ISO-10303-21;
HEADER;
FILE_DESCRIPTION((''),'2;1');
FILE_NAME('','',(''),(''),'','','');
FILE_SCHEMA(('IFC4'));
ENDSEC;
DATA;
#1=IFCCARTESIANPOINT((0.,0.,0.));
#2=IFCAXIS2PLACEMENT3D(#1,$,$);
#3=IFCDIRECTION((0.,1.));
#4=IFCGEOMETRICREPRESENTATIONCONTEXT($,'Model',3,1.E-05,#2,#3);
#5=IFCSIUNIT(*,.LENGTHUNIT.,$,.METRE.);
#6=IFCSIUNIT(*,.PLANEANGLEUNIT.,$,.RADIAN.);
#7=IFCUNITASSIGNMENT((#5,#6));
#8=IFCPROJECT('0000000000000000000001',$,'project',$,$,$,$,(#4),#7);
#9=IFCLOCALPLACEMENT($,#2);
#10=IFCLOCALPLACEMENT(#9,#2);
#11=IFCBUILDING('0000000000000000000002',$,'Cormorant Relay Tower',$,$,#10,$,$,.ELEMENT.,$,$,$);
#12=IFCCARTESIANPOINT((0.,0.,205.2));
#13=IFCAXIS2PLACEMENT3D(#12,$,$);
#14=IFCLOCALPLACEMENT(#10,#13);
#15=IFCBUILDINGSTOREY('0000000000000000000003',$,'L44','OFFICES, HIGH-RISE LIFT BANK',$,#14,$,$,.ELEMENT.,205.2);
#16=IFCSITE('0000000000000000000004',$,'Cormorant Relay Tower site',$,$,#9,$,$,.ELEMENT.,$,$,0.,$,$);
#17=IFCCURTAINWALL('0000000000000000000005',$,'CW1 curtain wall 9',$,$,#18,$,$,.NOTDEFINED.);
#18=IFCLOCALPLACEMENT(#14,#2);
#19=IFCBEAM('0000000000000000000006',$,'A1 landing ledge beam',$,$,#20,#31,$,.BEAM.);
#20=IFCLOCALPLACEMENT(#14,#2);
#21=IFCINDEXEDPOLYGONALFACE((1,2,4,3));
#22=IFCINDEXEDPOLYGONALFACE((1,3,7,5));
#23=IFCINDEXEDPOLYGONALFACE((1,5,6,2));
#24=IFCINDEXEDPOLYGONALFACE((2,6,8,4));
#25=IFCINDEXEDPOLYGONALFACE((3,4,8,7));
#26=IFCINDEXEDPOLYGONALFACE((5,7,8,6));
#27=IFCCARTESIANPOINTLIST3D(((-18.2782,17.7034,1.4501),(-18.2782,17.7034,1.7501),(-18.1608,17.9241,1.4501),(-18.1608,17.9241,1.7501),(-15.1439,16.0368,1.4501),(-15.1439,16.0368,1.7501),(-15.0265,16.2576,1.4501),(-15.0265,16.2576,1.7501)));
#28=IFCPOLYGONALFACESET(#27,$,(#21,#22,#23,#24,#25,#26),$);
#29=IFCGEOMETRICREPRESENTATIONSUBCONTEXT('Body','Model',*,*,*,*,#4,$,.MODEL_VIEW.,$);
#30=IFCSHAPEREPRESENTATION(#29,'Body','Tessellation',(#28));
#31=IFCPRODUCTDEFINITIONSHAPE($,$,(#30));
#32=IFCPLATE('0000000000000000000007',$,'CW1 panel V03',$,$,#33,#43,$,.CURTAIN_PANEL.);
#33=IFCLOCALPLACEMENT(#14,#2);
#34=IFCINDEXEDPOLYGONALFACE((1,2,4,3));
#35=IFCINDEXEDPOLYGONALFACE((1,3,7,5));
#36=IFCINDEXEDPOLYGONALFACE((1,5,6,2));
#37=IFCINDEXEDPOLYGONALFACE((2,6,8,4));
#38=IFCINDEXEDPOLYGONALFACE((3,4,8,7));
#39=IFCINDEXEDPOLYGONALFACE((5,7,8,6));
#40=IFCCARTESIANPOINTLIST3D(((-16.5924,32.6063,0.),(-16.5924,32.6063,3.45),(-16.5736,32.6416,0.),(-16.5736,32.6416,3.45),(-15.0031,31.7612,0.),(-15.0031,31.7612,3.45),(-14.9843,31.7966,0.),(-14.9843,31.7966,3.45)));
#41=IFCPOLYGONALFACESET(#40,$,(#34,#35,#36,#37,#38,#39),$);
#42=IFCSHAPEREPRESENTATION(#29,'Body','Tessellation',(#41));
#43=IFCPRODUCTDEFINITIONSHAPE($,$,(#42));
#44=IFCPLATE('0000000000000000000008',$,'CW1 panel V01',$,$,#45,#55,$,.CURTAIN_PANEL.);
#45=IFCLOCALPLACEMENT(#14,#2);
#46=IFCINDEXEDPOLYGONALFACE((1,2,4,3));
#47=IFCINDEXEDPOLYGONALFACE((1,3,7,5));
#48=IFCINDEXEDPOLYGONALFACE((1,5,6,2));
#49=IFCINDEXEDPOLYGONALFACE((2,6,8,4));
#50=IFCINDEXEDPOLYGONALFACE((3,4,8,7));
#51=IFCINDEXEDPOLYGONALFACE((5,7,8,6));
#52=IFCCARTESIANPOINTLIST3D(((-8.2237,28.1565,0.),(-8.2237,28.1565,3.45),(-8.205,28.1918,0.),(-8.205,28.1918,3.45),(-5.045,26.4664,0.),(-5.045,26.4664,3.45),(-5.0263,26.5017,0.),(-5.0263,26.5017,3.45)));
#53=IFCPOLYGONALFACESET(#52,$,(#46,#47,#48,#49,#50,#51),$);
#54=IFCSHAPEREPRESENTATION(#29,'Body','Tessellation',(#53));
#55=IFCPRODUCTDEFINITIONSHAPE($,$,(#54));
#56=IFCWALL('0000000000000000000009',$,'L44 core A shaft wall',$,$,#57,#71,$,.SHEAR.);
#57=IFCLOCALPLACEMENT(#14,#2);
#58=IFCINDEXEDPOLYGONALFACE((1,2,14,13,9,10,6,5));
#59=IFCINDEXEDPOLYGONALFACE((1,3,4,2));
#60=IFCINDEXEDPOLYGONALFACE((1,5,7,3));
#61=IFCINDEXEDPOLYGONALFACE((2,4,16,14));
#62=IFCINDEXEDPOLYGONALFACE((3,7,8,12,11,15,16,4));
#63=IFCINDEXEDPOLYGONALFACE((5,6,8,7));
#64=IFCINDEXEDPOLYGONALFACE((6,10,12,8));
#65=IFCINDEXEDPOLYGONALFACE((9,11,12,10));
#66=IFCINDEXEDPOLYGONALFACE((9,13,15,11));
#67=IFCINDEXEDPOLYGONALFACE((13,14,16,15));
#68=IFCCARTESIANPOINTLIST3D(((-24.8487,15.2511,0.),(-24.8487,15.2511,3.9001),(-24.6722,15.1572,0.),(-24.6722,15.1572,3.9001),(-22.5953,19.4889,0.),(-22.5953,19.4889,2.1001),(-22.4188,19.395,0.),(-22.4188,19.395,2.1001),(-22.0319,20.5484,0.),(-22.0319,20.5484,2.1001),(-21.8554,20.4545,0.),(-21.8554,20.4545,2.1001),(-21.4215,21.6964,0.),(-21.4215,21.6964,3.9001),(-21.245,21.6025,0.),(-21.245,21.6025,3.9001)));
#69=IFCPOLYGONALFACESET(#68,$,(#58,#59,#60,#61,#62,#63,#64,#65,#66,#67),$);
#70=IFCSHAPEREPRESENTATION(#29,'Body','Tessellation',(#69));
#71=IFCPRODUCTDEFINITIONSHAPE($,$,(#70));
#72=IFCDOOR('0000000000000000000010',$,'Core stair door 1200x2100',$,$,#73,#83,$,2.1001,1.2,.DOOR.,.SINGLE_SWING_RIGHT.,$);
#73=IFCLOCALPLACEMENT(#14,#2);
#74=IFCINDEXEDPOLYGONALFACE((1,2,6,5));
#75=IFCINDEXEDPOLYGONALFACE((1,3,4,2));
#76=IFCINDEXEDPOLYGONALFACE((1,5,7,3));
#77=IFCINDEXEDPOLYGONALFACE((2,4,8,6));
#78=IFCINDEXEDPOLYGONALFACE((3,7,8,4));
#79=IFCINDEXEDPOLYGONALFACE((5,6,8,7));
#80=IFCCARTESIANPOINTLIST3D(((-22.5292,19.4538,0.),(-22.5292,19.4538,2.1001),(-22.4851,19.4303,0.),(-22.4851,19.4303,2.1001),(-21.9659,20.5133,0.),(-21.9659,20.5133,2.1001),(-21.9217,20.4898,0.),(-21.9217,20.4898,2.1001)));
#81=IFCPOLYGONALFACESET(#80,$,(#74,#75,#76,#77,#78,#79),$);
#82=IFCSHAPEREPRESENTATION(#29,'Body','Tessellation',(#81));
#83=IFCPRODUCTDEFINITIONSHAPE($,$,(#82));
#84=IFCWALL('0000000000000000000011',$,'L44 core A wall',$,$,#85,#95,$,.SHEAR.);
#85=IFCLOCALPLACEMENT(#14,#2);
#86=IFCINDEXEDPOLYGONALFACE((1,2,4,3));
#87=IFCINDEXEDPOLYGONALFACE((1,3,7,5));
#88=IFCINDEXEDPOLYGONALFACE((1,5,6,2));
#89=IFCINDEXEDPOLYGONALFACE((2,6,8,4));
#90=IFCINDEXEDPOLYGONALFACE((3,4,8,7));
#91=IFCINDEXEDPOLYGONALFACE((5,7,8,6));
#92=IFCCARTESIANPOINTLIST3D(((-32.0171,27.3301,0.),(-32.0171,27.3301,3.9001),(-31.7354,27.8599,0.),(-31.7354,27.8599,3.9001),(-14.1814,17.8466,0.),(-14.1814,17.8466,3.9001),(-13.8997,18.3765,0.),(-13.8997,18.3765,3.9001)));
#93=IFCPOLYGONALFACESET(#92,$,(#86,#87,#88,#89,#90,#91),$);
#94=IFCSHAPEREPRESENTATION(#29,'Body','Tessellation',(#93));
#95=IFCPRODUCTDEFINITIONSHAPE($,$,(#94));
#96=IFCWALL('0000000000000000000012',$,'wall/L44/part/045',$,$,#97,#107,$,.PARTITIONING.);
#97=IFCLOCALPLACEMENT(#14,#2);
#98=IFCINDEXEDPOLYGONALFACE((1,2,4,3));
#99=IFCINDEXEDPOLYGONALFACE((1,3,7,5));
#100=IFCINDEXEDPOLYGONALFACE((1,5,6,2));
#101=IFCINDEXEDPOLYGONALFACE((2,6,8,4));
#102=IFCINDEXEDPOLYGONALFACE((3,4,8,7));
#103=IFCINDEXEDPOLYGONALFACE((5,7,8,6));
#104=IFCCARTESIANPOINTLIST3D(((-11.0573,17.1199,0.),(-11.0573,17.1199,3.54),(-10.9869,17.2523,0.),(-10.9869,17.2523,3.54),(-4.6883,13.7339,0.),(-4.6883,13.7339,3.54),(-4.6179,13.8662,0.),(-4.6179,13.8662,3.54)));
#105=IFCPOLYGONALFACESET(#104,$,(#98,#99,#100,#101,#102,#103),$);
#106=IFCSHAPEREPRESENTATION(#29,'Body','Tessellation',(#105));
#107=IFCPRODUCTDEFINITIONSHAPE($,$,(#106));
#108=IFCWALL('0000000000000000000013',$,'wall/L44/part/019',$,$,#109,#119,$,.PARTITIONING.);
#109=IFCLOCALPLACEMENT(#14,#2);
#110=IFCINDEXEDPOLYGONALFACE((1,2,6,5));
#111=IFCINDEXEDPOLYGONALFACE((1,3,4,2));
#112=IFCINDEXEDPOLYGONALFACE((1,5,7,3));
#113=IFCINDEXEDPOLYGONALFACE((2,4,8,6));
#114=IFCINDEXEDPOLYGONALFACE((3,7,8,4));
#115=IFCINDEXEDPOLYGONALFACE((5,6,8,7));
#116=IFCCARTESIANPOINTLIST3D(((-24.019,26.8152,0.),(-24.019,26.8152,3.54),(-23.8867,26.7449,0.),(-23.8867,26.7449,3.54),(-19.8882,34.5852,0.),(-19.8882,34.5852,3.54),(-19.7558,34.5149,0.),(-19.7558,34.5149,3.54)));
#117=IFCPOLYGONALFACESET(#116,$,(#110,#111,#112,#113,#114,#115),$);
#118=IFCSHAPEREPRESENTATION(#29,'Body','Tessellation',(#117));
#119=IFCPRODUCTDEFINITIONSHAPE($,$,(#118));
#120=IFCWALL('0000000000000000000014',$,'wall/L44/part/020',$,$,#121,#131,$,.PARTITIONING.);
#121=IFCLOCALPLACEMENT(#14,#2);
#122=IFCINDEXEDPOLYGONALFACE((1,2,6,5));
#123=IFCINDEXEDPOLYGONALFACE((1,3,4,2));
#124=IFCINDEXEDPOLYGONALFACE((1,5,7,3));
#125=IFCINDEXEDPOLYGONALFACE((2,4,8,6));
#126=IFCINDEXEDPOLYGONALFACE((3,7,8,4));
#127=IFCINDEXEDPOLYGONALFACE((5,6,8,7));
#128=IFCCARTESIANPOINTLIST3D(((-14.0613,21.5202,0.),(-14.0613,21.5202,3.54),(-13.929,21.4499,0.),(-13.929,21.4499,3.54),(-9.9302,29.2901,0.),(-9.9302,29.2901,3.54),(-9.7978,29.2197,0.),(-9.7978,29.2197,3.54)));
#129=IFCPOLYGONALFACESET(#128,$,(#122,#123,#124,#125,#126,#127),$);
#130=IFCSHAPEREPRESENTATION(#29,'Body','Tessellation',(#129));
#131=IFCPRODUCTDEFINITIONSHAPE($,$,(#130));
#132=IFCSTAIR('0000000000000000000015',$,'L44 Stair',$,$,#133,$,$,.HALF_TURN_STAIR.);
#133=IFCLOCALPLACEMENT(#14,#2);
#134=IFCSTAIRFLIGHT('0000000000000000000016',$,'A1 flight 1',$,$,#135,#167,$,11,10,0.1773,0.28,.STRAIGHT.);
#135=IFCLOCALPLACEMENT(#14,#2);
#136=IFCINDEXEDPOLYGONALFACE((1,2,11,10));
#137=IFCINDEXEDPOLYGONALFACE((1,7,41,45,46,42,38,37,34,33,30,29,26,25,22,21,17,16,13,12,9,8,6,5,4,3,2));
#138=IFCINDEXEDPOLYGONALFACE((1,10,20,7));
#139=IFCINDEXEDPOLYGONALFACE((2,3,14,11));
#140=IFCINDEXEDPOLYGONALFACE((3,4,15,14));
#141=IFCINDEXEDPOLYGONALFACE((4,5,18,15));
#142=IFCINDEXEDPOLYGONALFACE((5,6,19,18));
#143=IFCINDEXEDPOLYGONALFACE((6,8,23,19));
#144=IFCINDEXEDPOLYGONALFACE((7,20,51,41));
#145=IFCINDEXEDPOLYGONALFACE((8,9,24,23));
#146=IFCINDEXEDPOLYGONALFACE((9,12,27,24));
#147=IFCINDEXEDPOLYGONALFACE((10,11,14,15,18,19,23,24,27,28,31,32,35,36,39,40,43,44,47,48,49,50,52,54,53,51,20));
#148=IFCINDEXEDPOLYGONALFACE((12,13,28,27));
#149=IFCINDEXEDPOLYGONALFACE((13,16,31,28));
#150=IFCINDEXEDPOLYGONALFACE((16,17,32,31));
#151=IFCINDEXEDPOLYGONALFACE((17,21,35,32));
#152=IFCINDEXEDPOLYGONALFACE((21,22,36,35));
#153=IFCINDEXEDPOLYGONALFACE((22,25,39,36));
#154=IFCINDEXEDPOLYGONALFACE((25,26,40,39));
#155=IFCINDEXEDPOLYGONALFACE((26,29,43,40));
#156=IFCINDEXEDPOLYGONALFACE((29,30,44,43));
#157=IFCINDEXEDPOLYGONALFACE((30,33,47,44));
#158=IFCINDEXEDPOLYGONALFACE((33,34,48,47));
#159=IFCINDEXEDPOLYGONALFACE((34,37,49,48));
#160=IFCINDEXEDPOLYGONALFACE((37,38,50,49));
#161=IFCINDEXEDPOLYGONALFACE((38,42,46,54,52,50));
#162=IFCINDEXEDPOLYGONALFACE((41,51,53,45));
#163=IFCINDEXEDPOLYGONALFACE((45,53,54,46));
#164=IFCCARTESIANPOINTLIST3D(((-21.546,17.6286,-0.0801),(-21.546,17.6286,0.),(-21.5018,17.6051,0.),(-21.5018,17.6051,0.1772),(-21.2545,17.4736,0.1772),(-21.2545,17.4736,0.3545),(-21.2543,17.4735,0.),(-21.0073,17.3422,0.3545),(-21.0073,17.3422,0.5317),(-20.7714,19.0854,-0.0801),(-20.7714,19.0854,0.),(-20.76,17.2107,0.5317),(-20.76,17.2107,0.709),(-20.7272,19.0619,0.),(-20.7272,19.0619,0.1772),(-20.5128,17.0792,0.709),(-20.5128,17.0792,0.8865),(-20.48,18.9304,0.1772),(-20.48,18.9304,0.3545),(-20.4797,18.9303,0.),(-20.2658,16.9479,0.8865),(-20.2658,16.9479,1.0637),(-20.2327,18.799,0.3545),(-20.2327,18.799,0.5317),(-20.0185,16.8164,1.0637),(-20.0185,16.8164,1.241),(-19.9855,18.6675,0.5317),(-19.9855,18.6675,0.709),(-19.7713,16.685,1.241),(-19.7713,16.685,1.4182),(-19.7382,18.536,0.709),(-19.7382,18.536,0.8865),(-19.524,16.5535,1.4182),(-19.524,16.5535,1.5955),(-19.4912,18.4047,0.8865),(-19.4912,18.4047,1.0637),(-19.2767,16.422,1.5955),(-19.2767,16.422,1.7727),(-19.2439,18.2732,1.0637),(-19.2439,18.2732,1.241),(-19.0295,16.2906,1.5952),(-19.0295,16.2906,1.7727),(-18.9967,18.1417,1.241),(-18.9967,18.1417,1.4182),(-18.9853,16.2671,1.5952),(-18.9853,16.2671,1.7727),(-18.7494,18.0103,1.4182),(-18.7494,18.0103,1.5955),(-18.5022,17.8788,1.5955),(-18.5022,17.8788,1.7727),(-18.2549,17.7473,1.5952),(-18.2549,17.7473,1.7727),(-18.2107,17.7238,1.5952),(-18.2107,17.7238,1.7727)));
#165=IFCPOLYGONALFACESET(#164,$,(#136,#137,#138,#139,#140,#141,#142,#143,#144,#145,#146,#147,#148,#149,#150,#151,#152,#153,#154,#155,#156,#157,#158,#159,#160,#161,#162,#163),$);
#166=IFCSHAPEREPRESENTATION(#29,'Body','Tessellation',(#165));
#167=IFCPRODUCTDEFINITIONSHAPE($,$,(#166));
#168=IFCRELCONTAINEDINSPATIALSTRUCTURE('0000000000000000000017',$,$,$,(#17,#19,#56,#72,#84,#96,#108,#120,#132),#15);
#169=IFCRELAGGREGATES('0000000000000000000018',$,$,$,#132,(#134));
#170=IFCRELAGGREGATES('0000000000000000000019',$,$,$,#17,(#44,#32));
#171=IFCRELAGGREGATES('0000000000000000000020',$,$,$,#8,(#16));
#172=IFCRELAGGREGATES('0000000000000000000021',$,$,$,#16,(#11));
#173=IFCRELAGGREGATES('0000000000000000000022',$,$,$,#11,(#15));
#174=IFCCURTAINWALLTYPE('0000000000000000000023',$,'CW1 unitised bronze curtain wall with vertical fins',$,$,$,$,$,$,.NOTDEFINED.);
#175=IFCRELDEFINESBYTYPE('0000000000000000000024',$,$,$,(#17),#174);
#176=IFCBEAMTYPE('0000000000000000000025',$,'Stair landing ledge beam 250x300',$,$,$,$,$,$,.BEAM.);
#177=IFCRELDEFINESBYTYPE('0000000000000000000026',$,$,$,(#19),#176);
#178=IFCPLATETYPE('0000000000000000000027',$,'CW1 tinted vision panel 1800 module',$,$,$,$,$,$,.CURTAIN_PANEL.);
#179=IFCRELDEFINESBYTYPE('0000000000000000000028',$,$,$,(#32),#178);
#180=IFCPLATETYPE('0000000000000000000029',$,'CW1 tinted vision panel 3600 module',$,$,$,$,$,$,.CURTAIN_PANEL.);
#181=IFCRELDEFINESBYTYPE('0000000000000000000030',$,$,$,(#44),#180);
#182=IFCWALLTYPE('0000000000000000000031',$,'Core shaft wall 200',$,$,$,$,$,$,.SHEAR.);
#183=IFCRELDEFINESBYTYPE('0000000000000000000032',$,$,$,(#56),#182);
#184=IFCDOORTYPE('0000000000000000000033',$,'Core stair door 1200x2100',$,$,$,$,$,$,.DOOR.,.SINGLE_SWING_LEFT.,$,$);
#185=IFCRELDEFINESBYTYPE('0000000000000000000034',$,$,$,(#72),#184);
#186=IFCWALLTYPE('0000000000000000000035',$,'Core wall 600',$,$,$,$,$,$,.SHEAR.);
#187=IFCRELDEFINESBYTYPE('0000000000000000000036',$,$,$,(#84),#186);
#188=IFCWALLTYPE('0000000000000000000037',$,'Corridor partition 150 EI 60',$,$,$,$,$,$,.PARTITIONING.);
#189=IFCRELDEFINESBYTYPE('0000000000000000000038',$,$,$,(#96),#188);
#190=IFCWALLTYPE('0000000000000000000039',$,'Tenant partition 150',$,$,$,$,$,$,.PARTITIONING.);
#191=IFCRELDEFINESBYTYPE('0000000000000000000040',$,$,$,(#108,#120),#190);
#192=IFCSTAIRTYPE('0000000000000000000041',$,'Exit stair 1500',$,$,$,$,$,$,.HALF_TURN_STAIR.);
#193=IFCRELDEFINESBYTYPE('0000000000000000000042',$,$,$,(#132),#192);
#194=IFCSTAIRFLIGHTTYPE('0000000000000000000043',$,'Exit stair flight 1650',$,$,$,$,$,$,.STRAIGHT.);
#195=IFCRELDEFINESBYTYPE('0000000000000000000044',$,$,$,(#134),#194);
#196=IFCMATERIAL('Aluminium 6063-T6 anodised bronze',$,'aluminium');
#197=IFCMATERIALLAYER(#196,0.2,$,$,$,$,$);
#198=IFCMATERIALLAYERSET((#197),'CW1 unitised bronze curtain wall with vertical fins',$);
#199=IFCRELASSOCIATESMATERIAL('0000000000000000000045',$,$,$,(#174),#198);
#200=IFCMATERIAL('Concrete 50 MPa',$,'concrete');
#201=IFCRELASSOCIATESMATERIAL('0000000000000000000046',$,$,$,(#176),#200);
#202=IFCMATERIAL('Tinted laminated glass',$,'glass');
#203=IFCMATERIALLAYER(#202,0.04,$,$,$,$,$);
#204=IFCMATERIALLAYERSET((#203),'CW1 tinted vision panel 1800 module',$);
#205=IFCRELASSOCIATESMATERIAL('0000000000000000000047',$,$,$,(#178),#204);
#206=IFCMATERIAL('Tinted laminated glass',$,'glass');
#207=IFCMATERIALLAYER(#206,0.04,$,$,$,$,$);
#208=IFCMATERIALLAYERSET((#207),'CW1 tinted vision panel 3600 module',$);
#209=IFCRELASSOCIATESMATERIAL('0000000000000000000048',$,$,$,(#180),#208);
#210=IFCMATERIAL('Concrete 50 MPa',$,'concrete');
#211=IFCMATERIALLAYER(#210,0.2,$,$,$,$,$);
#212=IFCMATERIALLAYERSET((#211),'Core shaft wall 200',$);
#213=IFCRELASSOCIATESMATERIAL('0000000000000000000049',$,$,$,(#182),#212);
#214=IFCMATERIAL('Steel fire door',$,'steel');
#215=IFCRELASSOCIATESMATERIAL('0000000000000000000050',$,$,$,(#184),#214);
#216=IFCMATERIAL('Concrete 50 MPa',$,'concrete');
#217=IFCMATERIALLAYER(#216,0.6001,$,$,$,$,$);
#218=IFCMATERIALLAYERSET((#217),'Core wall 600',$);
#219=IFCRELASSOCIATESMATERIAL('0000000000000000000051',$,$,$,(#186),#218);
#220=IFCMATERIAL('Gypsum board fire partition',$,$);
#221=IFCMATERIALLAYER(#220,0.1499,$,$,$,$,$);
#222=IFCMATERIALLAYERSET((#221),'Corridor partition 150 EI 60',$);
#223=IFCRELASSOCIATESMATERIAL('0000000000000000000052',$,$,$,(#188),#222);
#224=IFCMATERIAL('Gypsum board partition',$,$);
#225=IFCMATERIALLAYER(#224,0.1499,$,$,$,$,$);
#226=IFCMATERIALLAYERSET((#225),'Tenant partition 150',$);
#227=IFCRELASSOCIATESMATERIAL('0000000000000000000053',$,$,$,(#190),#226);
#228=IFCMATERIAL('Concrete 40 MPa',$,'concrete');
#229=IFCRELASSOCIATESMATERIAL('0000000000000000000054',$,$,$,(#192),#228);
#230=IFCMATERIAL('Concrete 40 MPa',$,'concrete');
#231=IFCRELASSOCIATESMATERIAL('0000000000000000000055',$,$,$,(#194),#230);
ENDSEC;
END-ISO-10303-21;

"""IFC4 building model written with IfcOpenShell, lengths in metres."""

from ifc_helpers import new_model, si_unit, direction, frame, frame_2d, origin, origin_2d, place, context, subcontext, project, spatial, polyline, rectangle, outline, extrude, material, layer, layer_set, material_profile, profile_set, type_object, element, fill, aggregate, save


model = new_model("IFC4")

# Units and contexts
model_context = context("Model", 3, precision=1e-05, world=origin(), true_north=direction((0.0, 1.0)))
body_context = subcontext(model_context, "Body", "Model", "MODEL_VIEW")
ifc_project = project(units=[si_unit("LENGTHUNIT", "METRE"), si_unit("PLANEANGLEUNIT", "RADIAN")], contexts=[model_context])

# Site, building, storey
site_placement = place(None, origin())
site = spatial("IfcSite", under=ifc_project, at=site_placement, Name="Cormorant Relay Tower site", CompositionType="ELEMENT", RefElevation=0.0)
building_placement = place(site_placement, origin())
building = spatial("IfcBuilding", under=site, at=building_placement, Name="Cormorant Relay Tower", CompositionType="ELEMENT")
storey_placement = place(building_placement, frame((0.0, 0.0, 205.2)))
storey = spatial("IfcBuildingStorey", under=building, at=storey_placement, Name="L44", Description="OFFICES, HIGH-RISE LIFT BANK", CompositionType="ELEMENT", Elevation=205.2)

# Curtain wall
ifc_material_1 = material(Name="Aluminium 6063-T6 anodised bronze", Category="aluminium")
ifc_layer_1 = layer(ifc_material_1, 0.2)
ifc_layer_set_1 = layer_set([ifc_layer_1], Name="CW1 unitised bronze curtain wall with vertical fins")
curtain_wall_type = type_object("IfcCurtainWallType", Name="CW1 unitised bronze curtain wall with vertical fins", PredefinedType="NOTDEFINED", material=ifc_layer_set_1)
curtain_wall_placement = place(storey_placement, origin())
curtain_wall = element("IfcCurtainWall", 1, at=curtain_wall_placement, inside=storey, type_object=curtain_wall_type, Name="CW1 curtain wall 9", PredefinedType="NOTDEFINED")

# Beam
ifc_material_2 = material(Name="Concrete 50 MPa", Category="concrete")
ifc_material_profile_1 = material_profile(ifc_material_2, rectangle(XDim=0.25, YDim=0.3, at=origin_2d()), Name="RC 250x300")
ifc_profile_set_1 = profile_set([ifc_material_profile_1], Name="Concrete 50 MPa")
beam_type_1 = type_object("IfcBeamType", Name="Stair landing ledge beam 250x300", PredefinedType="BEAM", material=ifc_profile_set_1)
beam_1_placement = place(storey_placement, frame((-18.2195, 17.8137, 1.6001), z_axis=(0.88295, -0.469467, 0.0), x_axis=(0.469467, 0.88295, 0.0)))
element("IfcBeam", 2, at=beam_1_placement, inside=storey, type_object=beam_type_1, Name="A1 landing ledge beam", PredefinedType="BEAM", context=body_context, shape_type="SweptSolid", body=[
    extrude(rectangle(XDim=0.25, YDim=0.3, at=origin_2d()), origin(), (0.0, 0.0, 1.0), 3.5498),
])

# Plates
ifc_material_3 = material(Name="Tinted laminated glass", Category="glass")
ifc_layer_2 = layer(ifc_material_3, 0.04)
ifc_layer_set_2 = layer_set([ifc_layer_2], Name="CW1 tinted vision panel 1800 module")
plate_type_1 = type_object("IfcPlateType", Name="CW1 tinted vision panel 1800 module", PredefinedType="CURTAIN_PANEL", material=ifc_layer_set_2)
plate_1_placement = place(storey_placement, frame((-15.7883, 32.2014, 0.0), z_axis=(0.0, 0.0, 1.0), x_axis=(-0.882948, 0.469472, 0.0)))
plate_1 = element("IfcPlate", 3, at=plate_1_placement, type_object=plate_type_1, Name="CW1 panel V03", PredefinedType="CURTAIN_PANEL", context=body_context, shape_type="SweptSolid", body=[
    extrude(rectangle(XDim=1.8, YDim=0.04, at=origin_2d()), origin(), (0.0, 0.0, 1.0), 3.45),
])
ifc_material_4 = material(Name="Tinted laminated glass", Category="glass")
ifc_layer_3 = layer(ifc_material_4, 0.04)
ifc_layer_set_3 = layer_set([ifc_layer_3], Name="CW1 tinted vision panel 3600 module")
plate_type_2 = type_object("IfcPlateType", Name="CW1 tinted vision panel 3600 module", PredefinedType="CURTAIN_PANEL", material=ifc_layer_set_3)
plate_2_placement = place(storey_placement, frame((-6.625, 27.3291, 0.0), z_axis=(0.0, 0.0, 1.0), x_axis=(-0.882948, 0.469472, 0.0)))
plate_2 = element("IfcPlate", 4, at=plate_2_placement, type_object=plate_type_2, Name="CW1 panel V01", PredefinedType="CURTAIN_PANEL", context=body_context, shape_type="SweptSolid", body=[
    extrude(rectangle(XDim=3.6001, YDim=0.04, at=origin_2d()), origin(), (0.0, 0.0, 1.0), 3.45),
])

# Wall, opening, door
ifc_material_5 = material(Name="Concrete 50 MPa", Category="concrete")
ifc_layer_4 = layer(ifc_material_5, 0.2)
ifc_layer_set_4 = layer_set([ifc_layer_4], Name="Core shaft wall 200")
wall_type_1 = type_object("IfcWallType", Name="Core shaft wall 200", PredefinedType="SHEAR", material=ifc_layer_set_4)
wall_1_placement = place(storey_placement, frame((-21.3333, 21.6494, 0.0), z_axis=(0.0, 0.0, 1.0), x_axis=(-0.469494, -0.882936, 0.0)))
wall_1 = element("IfcWall", 5, at=wall_1_placement, inside=storey, type_object=wall_type_1, Name="L44 core A shaft wall", PredefinedType="SHEAR", context=body_context, shape_type="SweptSolid", body=[
    extrude(rectangle(XDim=7.2998, YDim=0.2, at=frame_2d((3.6499, 0.0))), origin(), (0.0, 0.0, 1.0), 3.9001),
])
opening_1_placement = place(wall_1_placement, frame((1.3, 0.0, 0.0)))
opening_1 = element("IfcOpeningElement", 6, at=opening_1_placement, cuts=wall_1, PredefinedType="OPENING", context=body_context, shape_type="SweptSolid", body=[
    extrude(rectangle(XDim=1.2, YDim=2.1001, at=frame_2d((0.6001, 1.05))), frame((0.0, 0.1099, 0.0), z_axis=(0.0, -1.0, 0.0), x_axis=(1.0, 0.0, 0.0)), (0.0, 0.0, 1.0), 0.22),
])
ifc_material_6 = material(Name="Steel fire door", Category="steel")
door_type_1 = type_object("IfcDoorType", Name="Core stair door 1200x2100", OperationType="SINGLE_SWING_LEFT", PredefinedType="DOOR", material=ifc_material_6)
door_1_placement = place(opening_1_placement, origin())
door_1 = element("IfcDoor", 7, at=door_1_placement, inside=storey, type_object=door_type_1, Name="Core stair door 1200x2100", OperationType="SINGLE_SWING_RIGHT", OverallHeight=2.1001, OverallWidth=1.2, PredefinedType="DOOR", context=body_context, shape_type="SweptSolid", body=[
    extrude(rectangle(XDim=1.2, YDim=2.1001, at=frame_2d((0.6001, 1.05))), frame((0.0, 0.0249, 0.0), z_axis=(0.0, -1.0, 0.0), x_axis=(1.0, 0.0, 0.0)), (0.0, 0.0, 1.0), 0.05),
])
fill(opening_1, door_1)
ifc_material_7 = material(Name="Concrete 50 MPa", Category="concrete")
ifc_layer_5 = layer(ifc_material_7, 0.6001)
ifc_layer_set_5 = layer_set([ifc_layer_5], Name="Core wall 600")
wall_type_2 = type_object("IfcWallType", Name="Core wall 600", PredefinedType="SHEAR", material=ifc_layer_set_5)

# Walls
wall_2_placement = place(storey_placement, frame((-14.0405, 18.1116, 0.0), z_axis=(0.0, 0.0, 1.0), x_axis=(-0.882948, 0.469471, 0.0)))
element("IfcWall", 8, at=wall_2_placement, inside=storey, type_object=wall_type_2, Name="L44 core A wall", PredefinedType="SHEAR", context=body_context, shape_type="SweptSolid", body=[
    extrude(rectangle(XDim=20.2002, YDim=0.6001, at=frame_2d((10.1001, 0.0))), origin(), (0.0, 0.0, 1.0), 3.9001),
])
ifc_material_8 = material(Name="Gypsum board fire partition")
ifc_layer_6 = layer(ifc_material_8, 0.1499)
ifc_layer_set_6 = layer_set([ifc_layer_6], Name="Corridor partition 150 EI 60")
wall_type_3 = type_object("IfcWallType", Name="Corridor partition 150 EI 60", PredefinedType="PARTITIONING", material=ifc_layer_set_6)
wall_3_placement = place(storey_placement, frame((-11.022, 17.186, 0.0), z_axis=(0.0, 0.0, 1.0), x_axis=(0.882971, -0.469427, 0.0)))
element("IfcWall", 9, at=wall_3_placement, inside=storey, type_object=wall_type_3, Name="wall/L44/part/045", PredefinedType="PARTITIONING", context=body_context, shape_type="SweptSolid", body=[
    extrude(rectangle(XDim=7.2131, YDim=0.1499, at=frame_2d((3.6064, 0.0))), origin(), (0.0, 0.0, 1.0), 3.54),
])
ifc_material_9 = material(Name="Gypsum board partition")
ifc_layer_7 = layer(ifc_material_9, 0.1499)
ifc_layer_set_7 = layer_set([ifc_layer_7], Name="Tenant partition 150")
wall_type_4 = type_object("IfcWallType", Name="Tenant partition 150", PredefinedType="PARTITIONING", material=ifc_layer_set_7)
for number, where, z_axis, x_axis, name in (
    (10, (-19.822, 34.55, 0.0), (0.0, 0.0, 1.0), (-0.469424, -0.882973, 0.0), "wall/L44/part/019"),
    (11, (-9.864, 29.2549, 0.0), (0.0, 0.0, 1.0), (-0.469457, -0.882955, 0.0), "wall/L44/part/020"),
):
    element("IfcWall", number, at=place(storey_placement, frame(where, z_axis=z_axis, x_axis=x_axis)), inside=storey, type_object=wall_type_4, Name=name, PredefinedType="PARTITIONING", context=body_context, shape_type="SweptSolid", body=[
        extrude(rectangle(XDim=8.7998, YDim=0.1499, at=frame_2d((4.3999, 0.0))), origin(), (0.0, 0.0, 1.0), 3.54),
    ])

# Stair, stair flight
ifc_material_10 = material(Name="Concrete 40 MPa", Category="concrete")
stair_type = type_object("IfcStairType", Name="Exit stair 1500", PredefinedType="HALF_TURN_STAIR", material=ifc_material_10)
stair_placement = place(storey_placement, origin())
stair = element("IfcStair", 12, at=stair_placement, inside=storey, type_object=stair_type, Name="L44 Stair", PredefinedType="HALF_TURN_STAIR")
ifc_material_11 = material(Name="Concrete 40 MPa", Category="concrete")
stair_flight_type = type_object("IfcStairFlightType", Name="Exit stair flight 1650", PredefinedType="STRAIGHT", material=ifc_material_11)
stair_flight_1_placement = place(storey_placement, frame((-21.1145, 18.3335, 0.0), z_axis=(0.0, 0.0, 1.0), x_axis=(0.882948, -0.469472, 0.0)))
stair_flight_1 = element("IfcStairFlight", 13, at=stair_flight_1_placement, type_object=stair_flight_type, Name="A1 flight 1", NumberOfRisers=11, NumberOfTreads=10, PredefinedType="STRAIGHT", RiserHeight=0.1773, TreadLength=0.28, context=body_context, shape_type="SweptSolid", body=[
    extrude(outline(polyline([(-0.05, -0.0801), (-0.05, 0.0), (0.0, 0.0), (0.0, 0.1772), (0.28, 0.1772), (0.28, 0.3545), (0.5601, 0.3545), (0.5601, 0.5317), (0.8401, 0.5317), (0.8401, 0.709), (1.1201, 0.709), (1.1201, 0.8865), (1.3999, 0.8865), (1.3999, 1.0637), (1.6799, 1.0637), (1.6799, 1.241), (1.96, 1.241), (1.96, 1.4182), (2.24, 1.4182), (2.24, 1.5955), (2.52, 1.5955), (2.52, 1.7727), (2.8, 1.7727), (2.8501, 1.7727), (2.8501, 1.5952), (2.8, 1.5952), (0.2803, 0.0), (-0.05, -0.0801)])), frame((0.0, 0.825, 0.0), z_axis=(0.0, -1.0, 0.0), x_axis=(1.0, 0.0, 0.0)), (0.0, 0.0, 1.0), 1.6499),
])
aggregate(stair, [stair_flight_1])

aggregate(curtain_wall, [plate_2, plate_1])

save(model, "model.ifc")
